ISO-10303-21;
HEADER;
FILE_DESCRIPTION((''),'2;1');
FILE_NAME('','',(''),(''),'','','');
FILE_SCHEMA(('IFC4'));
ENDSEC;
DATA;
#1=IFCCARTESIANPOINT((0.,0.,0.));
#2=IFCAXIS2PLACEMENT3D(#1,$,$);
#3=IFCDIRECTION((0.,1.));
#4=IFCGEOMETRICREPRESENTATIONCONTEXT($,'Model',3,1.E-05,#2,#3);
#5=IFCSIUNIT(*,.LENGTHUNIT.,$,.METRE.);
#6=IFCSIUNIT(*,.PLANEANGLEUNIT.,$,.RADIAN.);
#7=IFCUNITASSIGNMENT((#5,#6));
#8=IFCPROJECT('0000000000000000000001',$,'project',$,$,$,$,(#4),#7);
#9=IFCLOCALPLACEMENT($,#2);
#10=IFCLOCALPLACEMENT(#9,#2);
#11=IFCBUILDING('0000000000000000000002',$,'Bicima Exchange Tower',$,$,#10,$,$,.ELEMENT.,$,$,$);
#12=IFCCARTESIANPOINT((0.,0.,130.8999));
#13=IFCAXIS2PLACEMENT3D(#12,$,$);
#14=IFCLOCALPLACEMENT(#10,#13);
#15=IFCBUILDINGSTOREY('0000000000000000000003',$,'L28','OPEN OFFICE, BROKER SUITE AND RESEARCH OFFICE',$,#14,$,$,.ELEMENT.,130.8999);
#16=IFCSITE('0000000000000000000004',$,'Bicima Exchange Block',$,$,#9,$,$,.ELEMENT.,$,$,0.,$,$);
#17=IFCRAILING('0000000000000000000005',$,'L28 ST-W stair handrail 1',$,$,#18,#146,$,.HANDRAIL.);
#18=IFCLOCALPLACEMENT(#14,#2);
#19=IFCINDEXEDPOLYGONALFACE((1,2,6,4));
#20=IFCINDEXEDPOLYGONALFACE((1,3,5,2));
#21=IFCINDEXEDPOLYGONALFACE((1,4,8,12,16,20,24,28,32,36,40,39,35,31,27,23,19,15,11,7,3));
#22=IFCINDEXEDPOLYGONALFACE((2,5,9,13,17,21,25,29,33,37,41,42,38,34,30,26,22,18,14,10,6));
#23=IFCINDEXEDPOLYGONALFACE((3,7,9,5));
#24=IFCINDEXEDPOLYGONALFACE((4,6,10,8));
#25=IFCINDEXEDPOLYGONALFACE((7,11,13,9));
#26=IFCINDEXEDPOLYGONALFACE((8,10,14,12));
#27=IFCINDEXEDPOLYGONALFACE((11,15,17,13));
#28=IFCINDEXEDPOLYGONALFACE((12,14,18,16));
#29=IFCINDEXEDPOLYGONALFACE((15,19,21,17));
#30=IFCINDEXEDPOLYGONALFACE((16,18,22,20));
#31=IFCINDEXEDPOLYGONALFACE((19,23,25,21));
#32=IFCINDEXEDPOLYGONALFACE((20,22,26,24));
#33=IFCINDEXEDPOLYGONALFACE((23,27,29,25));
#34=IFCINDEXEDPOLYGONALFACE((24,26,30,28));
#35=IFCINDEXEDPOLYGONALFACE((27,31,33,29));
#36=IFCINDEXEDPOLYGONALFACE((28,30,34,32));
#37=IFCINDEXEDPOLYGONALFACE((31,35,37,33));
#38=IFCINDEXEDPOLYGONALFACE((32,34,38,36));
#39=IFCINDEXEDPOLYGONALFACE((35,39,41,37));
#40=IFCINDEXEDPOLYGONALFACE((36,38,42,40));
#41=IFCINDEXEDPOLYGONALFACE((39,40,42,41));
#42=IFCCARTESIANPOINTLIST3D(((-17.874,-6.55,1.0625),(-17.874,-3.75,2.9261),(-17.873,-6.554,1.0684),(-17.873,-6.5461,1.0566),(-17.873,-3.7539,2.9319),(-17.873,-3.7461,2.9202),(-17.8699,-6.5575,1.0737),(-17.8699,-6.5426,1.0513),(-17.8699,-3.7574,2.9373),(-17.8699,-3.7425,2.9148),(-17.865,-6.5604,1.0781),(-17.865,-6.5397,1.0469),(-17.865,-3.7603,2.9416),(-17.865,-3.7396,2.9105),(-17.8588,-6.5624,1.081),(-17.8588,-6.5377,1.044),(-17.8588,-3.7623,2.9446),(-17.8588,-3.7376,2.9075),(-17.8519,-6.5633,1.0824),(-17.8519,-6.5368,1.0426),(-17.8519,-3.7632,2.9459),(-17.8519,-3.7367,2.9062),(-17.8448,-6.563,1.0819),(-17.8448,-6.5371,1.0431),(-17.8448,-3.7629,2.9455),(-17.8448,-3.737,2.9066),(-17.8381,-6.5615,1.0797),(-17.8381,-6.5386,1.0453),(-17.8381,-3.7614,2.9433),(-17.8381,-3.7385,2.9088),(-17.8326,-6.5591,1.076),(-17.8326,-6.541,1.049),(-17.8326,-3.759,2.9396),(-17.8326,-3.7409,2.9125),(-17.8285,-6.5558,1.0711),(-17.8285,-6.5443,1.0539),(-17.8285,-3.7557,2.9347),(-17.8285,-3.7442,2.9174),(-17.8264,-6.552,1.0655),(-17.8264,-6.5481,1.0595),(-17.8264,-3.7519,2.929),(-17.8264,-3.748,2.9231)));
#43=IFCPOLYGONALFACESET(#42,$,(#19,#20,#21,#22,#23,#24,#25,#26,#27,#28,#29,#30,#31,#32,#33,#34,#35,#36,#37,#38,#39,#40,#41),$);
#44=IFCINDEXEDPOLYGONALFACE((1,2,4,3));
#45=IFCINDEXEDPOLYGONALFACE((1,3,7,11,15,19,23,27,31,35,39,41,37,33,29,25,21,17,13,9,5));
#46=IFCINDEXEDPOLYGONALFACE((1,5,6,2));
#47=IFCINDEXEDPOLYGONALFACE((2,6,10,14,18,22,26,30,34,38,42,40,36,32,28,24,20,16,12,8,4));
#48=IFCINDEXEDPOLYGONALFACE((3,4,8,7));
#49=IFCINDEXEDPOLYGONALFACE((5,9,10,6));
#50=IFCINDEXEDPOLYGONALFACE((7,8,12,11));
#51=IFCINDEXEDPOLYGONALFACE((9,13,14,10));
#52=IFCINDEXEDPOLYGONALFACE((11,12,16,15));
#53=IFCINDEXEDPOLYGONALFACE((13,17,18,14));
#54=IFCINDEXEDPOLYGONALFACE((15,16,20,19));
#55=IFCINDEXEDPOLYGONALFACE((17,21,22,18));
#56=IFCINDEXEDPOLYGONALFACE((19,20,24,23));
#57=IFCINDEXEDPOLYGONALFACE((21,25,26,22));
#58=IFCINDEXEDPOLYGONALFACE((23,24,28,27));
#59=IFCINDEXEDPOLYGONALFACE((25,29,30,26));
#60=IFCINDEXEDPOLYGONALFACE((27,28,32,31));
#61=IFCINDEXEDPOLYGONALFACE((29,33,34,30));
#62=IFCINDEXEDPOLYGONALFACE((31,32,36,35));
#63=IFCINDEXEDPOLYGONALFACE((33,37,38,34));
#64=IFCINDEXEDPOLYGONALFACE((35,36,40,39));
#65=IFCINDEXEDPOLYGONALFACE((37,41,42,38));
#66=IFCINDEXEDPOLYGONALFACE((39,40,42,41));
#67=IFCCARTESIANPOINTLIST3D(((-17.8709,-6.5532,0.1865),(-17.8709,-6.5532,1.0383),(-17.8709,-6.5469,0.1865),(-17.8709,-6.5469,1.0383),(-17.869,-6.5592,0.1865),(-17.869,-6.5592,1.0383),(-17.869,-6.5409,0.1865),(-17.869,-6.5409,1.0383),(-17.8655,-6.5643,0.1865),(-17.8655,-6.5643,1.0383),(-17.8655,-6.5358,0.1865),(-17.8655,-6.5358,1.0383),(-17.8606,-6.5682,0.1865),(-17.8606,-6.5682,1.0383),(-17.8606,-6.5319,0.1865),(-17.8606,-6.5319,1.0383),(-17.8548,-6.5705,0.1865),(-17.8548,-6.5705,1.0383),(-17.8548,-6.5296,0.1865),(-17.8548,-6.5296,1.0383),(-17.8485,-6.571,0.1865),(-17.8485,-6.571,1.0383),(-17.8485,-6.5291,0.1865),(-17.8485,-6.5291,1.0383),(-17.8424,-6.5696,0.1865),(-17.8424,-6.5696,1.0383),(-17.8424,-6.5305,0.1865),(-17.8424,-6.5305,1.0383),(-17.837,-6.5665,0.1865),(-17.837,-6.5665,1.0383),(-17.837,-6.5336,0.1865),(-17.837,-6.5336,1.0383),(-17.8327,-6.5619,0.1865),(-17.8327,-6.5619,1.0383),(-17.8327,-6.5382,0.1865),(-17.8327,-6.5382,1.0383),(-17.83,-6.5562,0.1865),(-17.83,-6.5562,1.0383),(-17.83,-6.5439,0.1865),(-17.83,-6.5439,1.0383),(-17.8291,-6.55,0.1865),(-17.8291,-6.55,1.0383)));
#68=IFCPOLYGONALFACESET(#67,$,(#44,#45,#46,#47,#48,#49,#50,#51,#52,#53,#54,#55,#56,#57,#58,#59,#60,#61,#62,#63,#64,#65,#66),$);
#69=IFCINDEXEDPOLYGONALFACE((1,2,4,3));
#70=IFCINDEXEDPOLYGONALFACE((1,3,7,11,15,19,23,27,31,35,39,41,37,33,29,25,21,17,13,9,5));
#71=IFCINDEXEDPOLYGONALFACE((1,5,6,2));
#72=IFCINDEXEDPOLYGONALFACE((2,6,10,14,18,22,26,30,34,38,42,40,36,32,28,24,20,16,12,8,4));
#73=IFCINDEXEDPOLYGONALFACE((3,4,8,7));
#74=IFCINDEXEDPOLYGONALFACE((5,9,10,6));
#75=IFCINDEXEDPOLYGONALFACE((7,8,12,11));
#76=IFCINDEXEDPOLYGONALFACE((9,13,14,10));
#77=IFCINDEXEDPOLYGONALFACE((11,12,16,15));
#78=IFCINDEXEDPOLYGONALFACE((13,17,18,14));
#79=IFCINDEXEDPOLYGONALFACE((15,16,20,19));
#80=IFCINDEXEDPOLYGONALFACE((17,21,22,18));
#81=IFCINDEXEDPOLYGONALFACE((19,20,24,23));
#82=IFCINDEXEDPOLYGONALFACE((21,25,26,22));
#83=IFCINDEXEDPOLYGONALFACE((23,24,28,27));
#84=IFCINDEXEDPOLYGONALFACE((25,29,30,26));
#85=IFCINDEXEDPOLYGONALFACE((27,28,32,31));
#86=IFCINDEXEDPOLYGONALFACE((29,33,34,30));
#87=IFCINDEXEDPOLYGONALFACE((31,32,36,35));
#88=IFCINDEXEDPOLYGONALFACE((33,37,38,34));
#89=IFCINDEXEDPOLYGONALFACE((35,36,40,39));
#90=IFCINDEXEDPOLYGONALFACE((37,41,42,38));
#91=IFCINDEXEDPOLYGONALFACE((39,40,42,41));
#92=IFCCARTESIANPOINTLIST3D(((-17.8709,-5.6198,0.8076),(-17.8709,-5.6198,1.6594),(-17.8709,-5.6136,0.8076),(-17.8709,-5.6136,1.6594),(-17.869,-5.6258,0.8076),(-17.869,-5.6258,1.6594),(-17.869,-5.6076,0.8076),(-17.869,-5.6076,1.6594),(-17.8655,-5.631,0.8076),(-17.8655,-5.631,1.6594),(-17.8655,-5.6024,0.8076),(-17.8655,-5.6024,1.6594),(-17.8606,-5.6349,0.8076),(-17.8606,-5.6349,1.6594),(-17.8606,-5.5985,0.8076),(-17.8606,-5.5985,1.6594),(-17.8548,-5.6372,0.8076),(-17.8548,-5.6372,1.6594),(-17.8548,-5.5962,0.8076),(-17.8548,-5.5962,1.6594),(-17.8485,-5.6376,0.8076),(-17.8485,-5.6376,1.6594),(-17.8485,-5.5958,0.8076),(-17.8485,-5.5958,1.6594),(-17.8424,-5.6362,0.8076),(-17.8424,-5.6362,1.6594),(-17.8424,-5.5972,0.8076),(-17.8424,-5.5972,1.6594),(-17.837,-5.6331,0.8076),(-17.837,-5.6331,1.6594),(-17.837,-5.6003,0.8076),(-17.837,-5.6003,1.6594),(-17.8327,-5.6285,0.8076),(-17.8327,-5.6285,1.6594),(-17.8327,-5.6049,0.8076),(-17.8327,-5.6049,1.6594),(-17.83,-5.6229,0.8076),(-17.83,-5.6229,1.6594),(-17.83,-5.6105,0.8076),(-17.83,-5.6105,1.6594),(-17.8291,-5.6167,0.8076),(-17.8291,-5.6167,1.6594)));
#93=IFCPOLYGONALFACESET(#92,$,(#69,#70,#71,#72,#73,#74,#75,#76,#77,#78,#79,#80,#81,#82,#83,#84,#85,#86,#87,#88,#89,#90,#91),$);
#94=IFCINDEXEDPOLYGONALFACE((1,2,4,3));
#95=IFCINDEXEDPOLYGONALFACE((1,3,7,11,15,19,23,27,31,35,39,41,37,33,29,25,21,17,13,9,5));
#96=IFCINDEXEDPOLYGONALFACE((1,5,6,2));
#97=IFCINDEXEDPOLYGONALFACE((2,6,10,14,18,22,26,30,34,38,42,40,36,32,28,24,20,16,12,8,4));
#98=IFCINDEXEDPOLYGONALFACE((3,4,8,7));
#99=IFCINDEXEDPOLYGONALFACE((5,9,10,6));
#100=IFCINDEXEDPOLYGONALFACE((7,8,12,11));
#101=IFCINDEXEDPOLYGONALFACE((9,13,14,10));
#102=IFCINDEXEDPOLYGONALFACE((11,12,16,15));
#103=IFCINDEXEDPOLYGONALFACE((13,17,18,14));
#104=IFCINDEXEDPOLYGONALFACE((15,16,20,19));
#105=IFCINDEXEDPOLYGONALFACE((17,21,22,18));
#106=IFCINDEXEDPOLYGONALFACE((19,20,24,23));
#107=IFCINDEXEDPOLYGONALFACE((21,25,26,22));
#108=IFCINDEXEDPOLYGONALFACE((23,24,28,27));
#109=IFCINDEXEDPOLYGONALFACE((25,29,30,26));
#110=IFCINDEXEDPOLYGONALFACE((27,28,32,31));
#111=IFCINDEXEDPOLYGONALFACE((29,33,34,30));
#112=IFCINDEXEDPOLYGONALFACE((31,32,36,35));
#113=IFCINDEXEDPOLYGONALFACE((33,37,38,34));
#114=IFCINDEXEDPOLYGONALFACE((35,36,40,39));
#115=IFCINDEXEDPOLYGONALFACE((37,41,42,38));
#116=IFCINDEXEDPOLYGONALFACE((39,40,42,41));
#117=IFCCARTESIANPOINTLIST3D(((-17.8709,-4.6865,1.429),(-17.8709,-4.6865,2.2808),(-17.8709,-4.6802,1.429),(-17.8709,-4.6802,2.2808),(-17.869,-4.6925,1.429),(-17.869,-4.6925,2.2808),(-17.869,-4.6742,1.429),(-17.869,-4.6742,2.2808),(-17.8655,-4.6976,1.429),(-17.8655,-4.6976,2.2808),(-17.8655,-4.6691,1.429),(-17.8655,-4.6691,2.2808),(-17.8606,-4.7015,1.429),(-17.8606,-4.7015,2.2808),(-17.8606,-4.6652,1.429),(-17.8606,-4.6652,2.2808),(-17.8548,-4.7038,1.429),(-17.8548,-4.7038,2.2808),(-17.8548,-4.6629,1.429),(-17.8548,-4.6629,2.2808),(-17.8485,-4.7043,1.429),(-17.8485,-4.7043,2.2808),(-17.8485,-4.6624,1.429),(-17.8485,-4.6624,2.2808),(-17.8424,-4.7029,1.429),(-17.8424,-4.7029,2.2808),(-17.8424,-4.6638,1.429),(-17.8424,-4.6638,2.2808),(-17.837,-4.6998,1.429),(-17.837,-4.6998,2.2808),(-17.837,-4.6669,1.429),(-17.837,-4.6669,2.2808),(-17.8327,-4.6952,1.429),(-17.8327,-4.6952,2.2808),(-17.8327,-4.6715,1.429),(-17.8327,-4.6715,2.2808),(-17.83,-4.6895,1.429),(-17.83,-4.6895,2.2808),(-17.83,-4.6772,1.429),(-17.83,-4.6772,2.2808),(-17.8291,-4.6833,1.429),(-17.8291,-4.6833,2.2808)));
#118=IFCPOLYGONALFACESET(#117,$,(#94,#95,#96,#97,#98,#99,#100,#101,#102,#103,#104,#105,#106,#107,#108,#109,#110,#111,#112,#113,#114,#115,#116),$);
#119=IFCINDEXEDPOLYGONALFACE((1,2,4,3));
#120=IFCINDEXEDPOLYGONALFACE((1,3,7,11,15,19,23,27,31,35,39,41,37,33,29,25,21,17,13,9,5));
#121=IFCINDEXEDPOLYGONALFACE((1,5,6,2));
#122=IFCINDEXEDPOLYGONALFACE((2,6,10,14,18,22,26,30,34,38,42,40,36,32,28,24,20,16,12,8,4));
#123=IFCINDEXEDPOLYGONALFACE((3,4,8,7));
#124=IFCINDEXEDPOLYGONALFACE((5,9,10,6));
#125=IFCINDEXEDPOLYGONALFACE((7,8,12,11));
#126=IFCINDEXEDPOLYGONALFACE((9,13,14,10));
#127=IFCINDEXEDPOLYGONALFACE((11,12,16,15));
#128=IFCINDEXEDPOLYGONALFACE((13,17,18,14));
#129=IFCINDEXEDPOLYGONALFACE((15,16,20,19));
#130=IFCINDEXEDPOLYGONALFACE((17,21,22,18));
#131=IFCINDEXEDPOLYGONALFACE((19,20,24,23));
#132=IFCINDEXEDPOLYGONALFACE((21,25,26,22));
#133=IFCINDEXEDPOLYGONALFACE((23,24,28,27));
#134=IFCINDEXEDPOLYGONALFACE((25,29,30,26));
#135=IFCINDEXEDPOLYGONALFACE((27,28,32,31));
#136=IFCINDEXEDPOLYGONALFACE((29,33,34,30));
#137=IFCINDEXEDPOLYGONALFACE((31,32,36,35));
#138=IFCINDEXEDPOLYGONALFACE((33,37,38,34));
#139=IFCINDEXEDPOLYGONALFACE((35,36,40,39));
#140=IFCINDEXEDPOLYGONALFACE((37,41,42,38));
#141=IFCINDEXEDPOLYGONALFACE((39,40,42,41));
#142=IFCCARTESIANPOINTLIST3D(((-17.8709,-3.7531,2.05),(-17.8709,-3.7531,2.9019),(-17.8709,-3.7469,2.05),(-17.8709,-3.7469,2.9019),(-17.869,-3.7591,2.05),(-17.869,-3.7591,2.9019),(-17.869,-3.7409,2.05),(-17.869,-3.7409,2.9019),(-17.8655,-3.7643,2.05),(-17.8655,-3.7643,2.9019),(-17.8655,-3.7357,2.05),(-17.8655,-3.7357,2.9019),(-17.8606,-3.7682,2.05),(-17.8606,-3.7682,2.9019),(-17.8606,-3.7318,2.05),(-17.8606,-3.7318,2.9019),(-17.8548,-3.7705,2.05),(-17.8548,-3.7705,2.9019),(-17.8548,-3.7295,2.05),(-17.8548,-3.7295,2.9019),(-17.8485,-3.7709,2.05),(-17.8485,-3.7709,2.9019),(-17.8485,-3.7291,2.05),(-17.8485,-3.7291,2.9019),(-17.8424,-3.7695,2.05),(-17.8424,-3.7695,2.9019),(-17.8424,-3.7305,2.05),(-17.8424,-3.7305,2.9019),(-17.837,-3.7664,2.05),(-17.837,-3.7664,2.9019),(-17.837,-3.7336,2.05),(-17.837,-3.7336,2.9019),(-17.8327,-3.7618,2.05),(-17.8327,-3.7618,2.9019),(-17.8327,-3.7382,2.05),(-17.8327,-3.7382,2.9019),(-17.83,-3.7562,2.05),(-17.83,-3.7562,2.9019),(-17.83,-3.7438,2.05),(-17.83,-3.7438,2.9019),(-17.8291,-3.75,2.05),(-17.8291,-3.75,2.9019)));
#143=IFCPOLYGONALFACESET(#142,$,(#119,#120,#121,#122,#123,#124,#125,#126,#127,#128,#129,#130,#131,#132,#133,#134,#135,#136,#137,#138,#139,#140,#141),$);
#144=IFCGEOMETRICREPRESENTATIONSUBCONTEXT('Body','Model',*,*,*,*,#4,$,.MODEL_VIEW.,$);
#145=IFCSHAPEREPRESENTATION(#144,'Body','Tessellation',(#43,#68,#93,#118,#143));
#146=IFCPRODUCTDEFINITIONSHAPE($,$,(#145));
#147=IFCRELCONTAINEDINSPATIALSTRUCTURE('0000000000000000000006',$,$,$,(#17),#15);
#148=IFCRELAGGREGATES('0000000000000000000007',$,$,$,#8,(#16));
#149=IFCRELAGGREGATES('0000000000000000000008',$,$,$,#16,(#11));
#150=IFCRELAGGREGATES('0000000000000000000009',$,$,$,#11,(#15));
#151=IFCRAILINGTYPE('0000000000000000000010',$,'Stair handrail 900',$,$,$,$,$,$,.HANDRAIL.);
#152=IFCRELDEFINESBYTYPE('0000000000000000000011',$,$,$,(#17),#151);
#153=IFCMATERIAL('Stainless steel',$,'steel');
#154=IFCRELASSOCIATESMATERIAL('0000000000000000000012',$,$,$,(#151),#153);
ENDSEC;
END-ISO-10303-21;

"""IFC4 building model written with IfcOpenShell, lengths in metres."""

from ifc_helpers import new_model, si_unit, direction, frame, origin, origin_2d, place, context, subcontext, project, spatial, circle, extrude, material, type_object, element, save


model = new_model("IFC4")

# Units and contexts
model_context = context("Model", 3, precision=1e-05, world=origin(), true_north=direction((0.0, 1.0)))
body_context = subcontext(model_context, "Body", "Model", "MODEL_VIEW")
ifc_project = project(units=[si_unit("LENGTHUNIT", "METRE"), si_unit("PLANEANGLEUNIT", "RADIAN")], contexts=[model_context])

# Site, building, storey
site_placement = place(None, origin())
site = spatial("IfcSite", under=ifc_project, at=site_placement, Name="Bicima Exchange Block", CompositionType="ELEMENT", RefElevation=0.0)
building_placement = place(site_placement, origin())
building = spatial("IfcBuilding", under=site, at=building_placement, Name="Bicima Exchange Tower", CompositionType="ELEMENT")
storey_placement = place(building_placement, frame((0.0, 0.0, 130.8999)))
storey = spatial("IfcBuildingStorey", under=building, at=storey_placement, Name="L28", Description="OPEN OFFICE, BROKER SUITE AND RESEARCH OFFICE", CompositionType="ELEMENT", Elevation=130.8999)

# Shared definitions
ifc_material_1 = material(Name="Stainless steel", Category="steel")

# Railing
railing_type_1 = type_object("IfcRailingType", Name="Stair handrail 900", PredefinedType="HANDRAIL", material=ifc_material_1)
railing_1_placement = place(storey_placement, frame((-17.8501, -6.55, 0.1865)))
element("IfcRailing", 1, at=railing_1_placement, inside=storey, type_object=railing_type_1, Name="L28 ST-W stair handrail 1", PredefinedType="HANDRAIL", context=body_context, shape_type="SweptSolid", body=[
    extrude(circle(Radius=0.0239, at=origin_2d()), frame((0.0, 0.0, 0.876), z_axis=(0.0, 0.832486, 0.554047), x_axis=(-1.0, 0.0, 0.0)), (0.0, 0.0, 1.0), 3.3635),
    extrude(circle(Radius=0.021, at=origin_2d()), origin(), (0.0, 0.0, 1.0), 0.8518),
    extrude(circle(Radius=0.021, at=origin_2d()), frame((0.0, 0.9333, 0.6211)), (0.0, 0.0, 1.0), 0.8518),
    extrude(circle(Radius=0.021, at=origin_2d()), frame((0.0, 1.8667, 1.2424)), (0.0, 0.0, 1.0), 0.8518),
    extrude(circle(Radius=0.021, at=origin_2d()), frame((0.0, 2.8, 1.8635)), (0.0, 0.0, 1.0), 0.8518),
])

save(model, "model.ifc")
